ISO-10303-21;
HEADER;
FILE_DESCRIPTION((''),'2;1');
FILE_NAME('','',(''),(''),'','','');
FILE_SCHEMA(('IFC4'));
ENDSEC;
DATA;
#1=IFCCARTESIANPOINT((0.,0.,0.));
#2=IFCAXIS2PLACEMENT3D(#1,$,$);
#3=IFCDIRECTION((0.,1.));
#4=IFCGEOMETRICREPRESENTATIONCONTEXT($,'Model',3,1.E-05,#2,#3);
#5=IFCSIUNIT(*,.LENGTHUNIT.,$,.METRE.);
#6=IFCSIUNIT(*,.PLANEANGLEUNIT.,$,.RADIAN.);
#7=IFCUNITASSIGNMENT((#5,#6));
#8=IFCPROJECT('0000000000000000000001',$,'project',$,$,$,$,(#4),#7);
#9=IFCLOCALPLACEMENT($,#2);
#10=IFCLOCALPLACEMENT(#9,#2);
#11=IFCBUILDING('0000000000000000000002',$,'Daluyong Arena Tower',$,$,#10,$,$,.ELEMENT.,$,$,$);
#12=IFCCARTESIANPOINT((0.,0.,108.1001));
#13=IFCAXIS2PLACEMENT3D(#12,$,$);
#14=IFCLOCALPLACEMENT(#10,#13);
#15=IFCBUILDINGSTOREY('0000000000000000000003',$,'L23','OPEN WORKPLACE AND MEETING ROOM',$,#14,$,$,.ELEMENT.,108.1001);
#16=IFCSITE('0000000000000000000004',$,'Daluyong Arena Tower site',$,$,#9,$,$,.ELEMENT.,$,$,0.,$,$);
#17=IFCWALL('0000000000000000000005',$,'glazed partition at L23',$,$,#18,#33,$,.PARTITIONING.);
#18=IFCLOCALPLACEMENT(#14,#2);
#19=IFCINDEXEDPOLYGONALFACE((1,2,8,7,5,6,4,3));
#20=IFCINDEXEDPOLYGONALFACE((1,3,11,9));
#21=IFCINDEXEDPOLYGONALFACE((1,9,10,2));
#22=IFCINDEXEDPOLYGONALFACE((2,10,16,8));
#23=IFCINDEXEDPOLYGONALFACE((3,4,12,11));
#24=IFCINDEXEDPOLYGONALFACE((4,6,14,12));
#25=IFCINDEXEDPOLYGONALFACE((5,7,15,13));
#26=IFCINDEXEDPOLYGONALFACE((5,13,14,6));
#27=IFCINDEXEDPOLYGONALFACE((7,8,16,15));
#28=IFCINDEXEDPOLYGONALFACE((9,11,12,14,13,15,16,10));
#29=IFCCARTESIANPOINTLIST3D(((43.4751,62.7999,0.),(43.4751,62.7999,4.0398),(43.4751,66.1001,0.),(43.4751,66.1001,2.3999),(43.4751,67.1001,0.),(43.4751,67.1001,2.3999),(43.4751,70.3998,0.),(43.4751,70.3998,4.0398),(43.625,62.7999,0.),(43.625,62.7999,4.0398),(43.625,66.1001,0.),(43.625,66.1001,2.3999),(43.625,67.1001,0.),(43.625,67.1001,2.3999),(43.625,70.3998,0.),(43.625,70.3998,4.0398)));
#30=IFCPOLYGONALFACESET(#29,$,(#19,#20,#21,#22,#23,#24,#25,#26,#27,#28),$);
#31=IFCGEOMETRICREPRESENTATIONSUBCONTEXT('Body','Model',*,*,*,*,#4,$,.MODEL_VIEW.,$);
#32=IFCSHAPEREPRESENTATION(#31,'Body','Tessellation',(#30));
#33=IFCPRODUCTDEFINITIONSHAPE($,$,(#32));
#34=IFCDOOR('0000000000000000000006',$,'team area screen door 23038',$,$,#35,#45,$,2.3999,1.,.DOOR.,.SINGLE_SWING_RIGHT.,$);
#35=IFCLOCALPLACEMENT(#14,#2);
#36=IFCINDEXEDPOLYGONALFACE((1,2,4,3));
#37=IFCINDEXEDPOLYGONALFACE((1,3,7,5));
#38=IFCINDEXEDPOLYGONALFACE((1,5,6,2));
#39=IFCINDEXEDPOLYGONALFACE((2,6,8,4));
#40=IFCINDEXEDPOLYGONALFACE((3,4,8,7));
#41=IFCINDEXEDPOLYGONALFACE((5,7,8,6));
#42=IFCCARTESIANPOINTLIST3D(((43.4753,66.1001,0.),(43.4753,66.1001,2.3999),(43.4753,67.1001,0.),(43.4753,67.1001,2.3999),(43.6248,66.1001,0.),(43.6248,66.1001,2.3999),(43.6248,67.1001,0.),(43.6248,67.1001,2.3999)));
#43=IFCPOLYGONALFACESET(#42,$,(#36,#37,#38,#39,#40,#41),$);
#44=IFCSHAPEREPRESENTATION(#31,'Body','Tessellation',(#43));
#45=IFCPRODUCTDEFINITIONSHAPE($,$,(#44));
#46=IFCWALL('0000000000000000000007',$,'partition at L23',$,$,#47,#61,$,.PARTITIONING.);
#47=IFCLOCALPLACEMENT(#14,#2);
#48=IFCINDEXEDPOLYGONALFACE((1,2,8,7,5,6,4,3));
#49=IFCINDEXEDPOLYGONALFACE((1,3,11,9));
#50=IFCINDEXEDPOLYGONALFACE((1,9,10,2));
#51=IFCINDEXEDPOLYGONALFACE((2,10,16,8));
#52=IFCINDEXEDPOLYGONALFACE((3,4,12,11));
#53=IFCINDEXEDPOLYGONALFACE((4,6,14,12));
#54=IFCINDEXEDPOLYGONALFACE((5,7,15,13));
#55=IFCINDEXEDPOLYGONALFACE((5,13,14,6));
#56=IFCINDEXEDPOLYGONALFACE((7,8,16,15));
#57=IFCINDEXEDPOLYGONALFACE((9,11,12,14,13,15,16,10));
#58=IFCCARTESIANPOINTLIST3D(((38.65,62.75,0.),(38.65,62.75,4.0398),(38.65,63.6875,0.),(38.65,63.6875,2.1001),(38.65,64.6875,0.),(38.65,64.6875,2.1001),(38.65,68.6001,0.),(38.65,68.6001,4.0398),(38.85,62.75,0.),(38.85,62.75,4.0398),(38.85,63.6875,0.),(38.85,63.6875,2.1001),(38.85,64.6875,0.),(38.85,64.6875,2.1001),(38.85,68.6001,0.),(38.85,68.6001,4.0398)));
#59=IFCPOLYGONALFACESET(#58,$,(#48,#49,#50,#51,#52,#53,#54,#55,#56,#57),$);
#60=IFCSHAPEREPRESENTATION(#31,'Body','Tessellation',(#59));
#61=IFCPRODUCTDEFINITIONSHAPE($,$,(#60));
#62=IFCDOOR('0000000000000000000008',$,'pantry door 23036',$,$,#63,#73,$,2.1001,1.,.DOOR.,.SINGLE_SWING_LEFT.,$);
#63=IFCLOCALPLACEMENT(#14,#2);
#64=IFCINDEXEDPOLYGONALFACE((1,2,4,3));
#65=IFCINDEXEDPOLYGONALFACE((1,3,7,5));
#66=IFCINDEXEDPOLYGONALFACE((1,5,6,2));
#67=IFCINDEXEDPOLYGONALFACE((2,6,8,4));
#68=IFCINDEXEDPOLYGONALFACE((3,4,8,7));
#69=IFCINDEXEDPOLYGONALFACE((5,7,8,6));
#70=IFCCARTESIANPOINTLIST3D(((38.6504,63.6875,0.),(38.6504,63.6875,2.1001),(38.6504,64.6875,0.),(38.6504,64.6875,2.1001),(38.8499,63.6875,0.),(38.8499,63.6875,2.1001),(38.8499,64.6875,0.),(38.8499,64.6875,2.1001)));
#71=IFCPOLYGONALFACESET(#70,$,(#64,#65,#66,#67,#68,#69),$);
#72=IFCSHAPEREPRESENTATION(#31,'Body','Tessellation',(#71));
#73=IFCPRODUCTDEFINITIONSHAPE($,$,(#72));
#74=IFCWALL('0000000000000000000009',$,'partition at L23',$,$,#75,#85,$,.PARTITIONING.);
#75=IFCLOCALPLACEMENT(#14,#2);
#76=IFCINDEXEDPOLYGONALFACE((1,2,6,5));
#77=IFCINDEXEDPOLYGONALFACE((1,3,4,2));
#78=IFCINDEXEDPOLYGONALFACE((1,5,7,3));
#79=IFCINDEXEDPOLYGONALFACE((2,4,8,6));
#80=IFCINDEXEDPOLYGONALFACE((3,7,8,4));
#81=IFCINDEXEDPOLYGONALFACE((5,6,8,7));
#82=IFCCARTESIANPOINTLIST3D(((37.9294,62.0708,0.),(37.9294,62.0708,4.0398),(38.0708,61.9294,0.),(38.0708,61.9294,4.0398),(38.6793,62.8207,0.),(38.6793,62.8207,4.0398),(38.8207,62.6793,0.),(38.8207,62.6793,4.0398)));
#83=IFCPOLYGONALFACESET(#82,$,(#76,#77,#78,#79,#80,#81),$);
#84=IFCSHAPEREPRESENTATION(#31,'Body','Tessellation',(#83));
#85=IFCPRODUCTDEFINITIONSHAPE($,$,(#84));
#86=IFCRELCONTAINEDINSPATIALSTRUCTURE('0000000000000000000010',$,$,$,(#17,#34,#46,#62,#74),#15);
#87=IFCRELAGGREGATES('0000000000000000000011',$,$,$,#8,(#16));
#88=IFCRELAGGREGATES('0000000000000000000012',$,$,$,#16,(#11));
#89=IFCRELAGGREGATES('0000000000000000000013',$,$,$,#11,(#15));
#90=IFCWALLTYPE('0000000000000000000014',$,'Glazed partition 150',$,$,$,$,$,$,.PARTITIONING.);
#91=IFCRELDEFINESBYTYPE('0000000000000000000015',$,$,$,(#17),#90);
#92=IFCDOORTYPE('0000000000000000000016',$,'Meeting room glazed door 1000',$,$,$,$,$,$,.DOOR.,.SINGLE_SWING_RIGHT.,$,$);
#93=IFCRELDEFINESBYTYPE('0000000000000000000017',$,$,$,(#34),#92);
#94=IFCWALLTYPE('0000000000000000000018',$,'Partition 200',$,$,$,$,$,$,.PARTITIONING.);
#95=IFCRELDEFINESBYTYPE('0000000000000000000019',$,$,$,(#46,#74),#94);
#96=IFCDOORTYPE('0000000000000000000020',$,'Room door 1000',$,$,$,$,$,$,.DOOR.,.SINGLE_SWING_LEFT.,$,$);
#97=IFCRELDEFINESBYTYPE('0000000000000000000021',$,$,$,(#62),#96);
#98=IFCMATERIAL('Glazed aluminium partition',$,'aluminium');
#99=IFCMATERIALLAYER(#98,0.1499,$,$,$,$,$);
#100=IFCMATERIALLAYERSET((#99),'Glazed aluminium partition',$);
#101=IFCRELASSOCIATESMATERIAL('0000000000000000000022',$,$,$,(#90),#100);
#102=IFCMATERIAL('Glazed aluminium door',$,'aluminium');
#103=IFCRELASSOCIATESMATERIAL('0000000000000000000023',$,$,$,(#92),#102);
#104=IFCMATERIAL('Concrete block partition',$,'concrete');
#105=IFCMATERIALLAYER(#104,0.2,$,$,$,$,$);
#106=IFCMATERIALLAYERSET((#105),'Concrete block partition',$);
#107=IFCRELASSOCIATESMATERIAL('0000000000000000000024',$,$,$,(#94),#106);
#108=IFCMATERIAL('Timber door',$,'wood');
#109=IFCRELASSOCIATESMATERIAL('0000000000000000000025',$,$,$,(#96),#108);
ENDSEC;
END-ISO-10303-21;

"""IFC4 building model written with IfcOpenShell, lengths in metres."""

from ifc_helpers import new_model, si_unit, direction, frame, frame_2d, origin, place, context, subcontext, project, spatial, rectangle, extrude, material, layer, layer_set, type_object, element, fill, save


model = new_model("IFC4")

# Units and contexts
model_context = context("Model", 3, precision=1e-05, world=origin(), true_north=direction((0.0, 1.0)))
body_context = subcontext(model_context, "Body", "Model", "MODEL_VIEW")
ifc_project = project(units=[si_unit("LENGTHUNIT", "METRE"), si_unit("PLANEANGLEUNIT", "RADIAN")], contexts=[model_context])

# Site, building, storey
site_placement = place(None, origin())
site = spatial("IfcSite", under=ifc_project, at=site_placement, Name="Daluyong Arena Tower site", CompositionType="ELEMENT", RefElevation=0.0)
building_placement = place(site_placement, origin())
building = spatial("IfcBuilding", under=site, at=building_placement, Name="Daluyong Arena Tower", CompositionType="ELEMENT")
storey_placement = place(building_placement, frame((0.0, 0.0, 108.1001)))
storey = spatial("IfcBuildingStorey", under=building, at=storey_placement, Name="L23", Description="OPEN WORKPLACE AND MEETING ROOM", CompositionType="ELEMENT", Elevation=108.1001)

# Shared definitions
ifc_material_1 = material(Name="Glazed aluminium partition", Category="aluminium")
ifc_layer_1 = layer(ifc_material_1, 0.1499)
ifc_layer_set_1 = layer_set([ifc_layer_1], Name="Glazed aluminium partition")
wall_type_1 = type_object("IfcWallType", Name="Glazed partition 150", PredefinedType="PARTITIONING", material=ifc_layer_set_1)
ifc_material_2 = material(Name="Glazed aluminium door", Category="aluminium")
door_type_1 = type_object("IfcDoorType", Name="Meeting room glazed door 1000", OperationType="SINGLE_SWING_RIGHT", PredefinedType="DOOR", material=ifc_material_2)

# Walls, openings, doors
wall_1_placement = place(storey_placement, frame((43.55, 62.8, 0.0), z_axis=(0.0, 0.0, 1.0), x_axis=(0.0, 1.0, 0.0)))
wall_1 = element("IfcWall", 1, at=wall_1_placement, inside=storey, type_object=wall_type_1, Name="glazed partition at L23", PredefinedType="PARTITIONING", context=body_context, shape_type="SweptSolid", body=[
    extrude(rectangle(XDim=7.5999, YDim=0.1499, at=frame_2d((3.7998, 0.0))), origin(), (0.0, 0.0, 1.0), 4.0398),
])
opening_1_placement = place(wall_1_placement, frame((3.3, 0.0, 0.0)))
opening_1 = element("IfcOpeningElement", 2, at=opening_1_placement, cuts=wall_1, PredefinedType="OPENING", context=body_context, shape_type="SweptSolid", body=[
    extrude(rectangle(XDim=1.0, YDim=2.3999, at=frame_2d((0.5, 1.2))), frame((0.0, 0.085, 0.0), z_axis=(0.0, -1.0, 0.0), x_axis=(1.0, 0.0, 0.0)), (0.0, 0.0, 1.0), 0.1699),
])
door_1_placement = place(opening_1_placement, origin())
door_1 = element("IfcDoor", 3, at=door_1_placement, inside=storey, type_object=door_type_1, Name="team area screen door 23038", OperationType="SINGLE_SWING_RIGHT", OverallHeight=2.3999, OverallWidth=1.0, PredefinedType="DOOR", context=body_context, shape_type="SweptSolid", body=[
    extrude(rectangle(XDim=1.0, YDim=2.3999, at=frame_2d((0.5, 1.2))), frame((0.0, 0.0747, 0.0), z_axis=(0.0, -1.0, 0.0), x_axis=(1.0, 0.0, 0.0)), (0.0, 0.0, 1.0), 0.1494),
])
fill(opening_1, door_1)
ifc_material_3 = material(Name="Concrete block partition", Category="concrete")
ifc_layer_2 = layer(ifc_material_3, 0.2)
ifc_layer_set_2 = layer_set([ifc_layer_2], Name="Concrete block partition")
wall_type_2 = type_object("IfcWallType", Name="Partition 200", PredefinedType="PARTITIONING", material=ifc_layer_set_2)
wall_2_placement = place(storey_placement, frame((38.75, 62.75, 0.0), z_axis=(0.0, 0.0, 1.0), x_axis=(0.0, 1.0, 0.0)))
wall_2 = element("IfcWall", 4, at=wall_2_placement, inside=storey, type_object=wall_type_2, Name="partition at L23", PredefinedType="PARTITIONING", context=body_context, shape_type="SweptSolid", body=[
    extrude(rectangle(XDim=5.8501, YDim=0.2, at=frame_2d((2.925, 0.0))), origin(), (0.0, 0.0, 1.0), 4.0398),
])
opening_2_placement = place(wall_2_placement, frame((0.9375, 0.0, 0.0)))
opening_2 = element("IfcOpeningElement", 5, at=opening_2_placement, cuts=wall_2, PredefinedType="OPENING", context=body_context, shape_type="SweptSolid", body=[
    extrude(rectangle(XDim=1.0, YDim=2.1001, at=frame_2d((0.5, 1.05))), frame((0.0, 0.1099, 0.0), z_axis=(0.0, -1.0, 0.0), x_axis=(1.0, 0.0, 0.0)), (0.0, 0.0, 1.0), 0.22),
])
ifc_material_4 = material(Name="Timber door", Category="wood")
door_type_2 = type_object("IfcDoorType", Name="Room door 1000", OperationType="SINGLE_SWING_LEFT", PredefinedType="DOOR", material=ifc_material_4)
door_2_placement = place(opening_2_placement, origin())
door_2 = element("IfcDoor", 6, at=door_2_placement, inside=storey, type_object=door_type_2, Name="pantry door 23036", OperationType="SINGLE_SWING_LEFT", OverallHeight=2.1001, OverallWidth=1.0, PredefinedType="DOOR", context=body_context, shape_type="SweptSolid", body=[
    extrude(rectangle(XDim=1.0, YDim=2.1001, at=frame_2d((0.5, 1.05))), frame((0.0, 0.0996, 0.0), z_axis=(0.0, -1.0, 0.0), x_axis=(1.0, 0.0, 0.0)), (0.0, 0.0, 1.0), 0.1995),
])
fill(opening_2, door_2)

# Wall
wall_3_placement = place(storey_placement, frame((38.75, 62.75, 0.0), z_axis=(0.0, 0.0, 1.0), x_axis=(-0.707107, -0.707107, 0.0)))
element("IfcWall", 7, at=wall_3_placement, inside=storey, type_object=wall_type_2, Name="partition at L23", PredefinedType="PARTITIONING", context=body_context, shape_type="SweptSolid", body=[
    extrude(rectangle(XDim=1.0605, YDim=0.2, at=frame_2d((0.5303, 0.0))), origin(), (0.0, 0.0, 1.0), 4.0398),
])

save(model, "model.ifc")
